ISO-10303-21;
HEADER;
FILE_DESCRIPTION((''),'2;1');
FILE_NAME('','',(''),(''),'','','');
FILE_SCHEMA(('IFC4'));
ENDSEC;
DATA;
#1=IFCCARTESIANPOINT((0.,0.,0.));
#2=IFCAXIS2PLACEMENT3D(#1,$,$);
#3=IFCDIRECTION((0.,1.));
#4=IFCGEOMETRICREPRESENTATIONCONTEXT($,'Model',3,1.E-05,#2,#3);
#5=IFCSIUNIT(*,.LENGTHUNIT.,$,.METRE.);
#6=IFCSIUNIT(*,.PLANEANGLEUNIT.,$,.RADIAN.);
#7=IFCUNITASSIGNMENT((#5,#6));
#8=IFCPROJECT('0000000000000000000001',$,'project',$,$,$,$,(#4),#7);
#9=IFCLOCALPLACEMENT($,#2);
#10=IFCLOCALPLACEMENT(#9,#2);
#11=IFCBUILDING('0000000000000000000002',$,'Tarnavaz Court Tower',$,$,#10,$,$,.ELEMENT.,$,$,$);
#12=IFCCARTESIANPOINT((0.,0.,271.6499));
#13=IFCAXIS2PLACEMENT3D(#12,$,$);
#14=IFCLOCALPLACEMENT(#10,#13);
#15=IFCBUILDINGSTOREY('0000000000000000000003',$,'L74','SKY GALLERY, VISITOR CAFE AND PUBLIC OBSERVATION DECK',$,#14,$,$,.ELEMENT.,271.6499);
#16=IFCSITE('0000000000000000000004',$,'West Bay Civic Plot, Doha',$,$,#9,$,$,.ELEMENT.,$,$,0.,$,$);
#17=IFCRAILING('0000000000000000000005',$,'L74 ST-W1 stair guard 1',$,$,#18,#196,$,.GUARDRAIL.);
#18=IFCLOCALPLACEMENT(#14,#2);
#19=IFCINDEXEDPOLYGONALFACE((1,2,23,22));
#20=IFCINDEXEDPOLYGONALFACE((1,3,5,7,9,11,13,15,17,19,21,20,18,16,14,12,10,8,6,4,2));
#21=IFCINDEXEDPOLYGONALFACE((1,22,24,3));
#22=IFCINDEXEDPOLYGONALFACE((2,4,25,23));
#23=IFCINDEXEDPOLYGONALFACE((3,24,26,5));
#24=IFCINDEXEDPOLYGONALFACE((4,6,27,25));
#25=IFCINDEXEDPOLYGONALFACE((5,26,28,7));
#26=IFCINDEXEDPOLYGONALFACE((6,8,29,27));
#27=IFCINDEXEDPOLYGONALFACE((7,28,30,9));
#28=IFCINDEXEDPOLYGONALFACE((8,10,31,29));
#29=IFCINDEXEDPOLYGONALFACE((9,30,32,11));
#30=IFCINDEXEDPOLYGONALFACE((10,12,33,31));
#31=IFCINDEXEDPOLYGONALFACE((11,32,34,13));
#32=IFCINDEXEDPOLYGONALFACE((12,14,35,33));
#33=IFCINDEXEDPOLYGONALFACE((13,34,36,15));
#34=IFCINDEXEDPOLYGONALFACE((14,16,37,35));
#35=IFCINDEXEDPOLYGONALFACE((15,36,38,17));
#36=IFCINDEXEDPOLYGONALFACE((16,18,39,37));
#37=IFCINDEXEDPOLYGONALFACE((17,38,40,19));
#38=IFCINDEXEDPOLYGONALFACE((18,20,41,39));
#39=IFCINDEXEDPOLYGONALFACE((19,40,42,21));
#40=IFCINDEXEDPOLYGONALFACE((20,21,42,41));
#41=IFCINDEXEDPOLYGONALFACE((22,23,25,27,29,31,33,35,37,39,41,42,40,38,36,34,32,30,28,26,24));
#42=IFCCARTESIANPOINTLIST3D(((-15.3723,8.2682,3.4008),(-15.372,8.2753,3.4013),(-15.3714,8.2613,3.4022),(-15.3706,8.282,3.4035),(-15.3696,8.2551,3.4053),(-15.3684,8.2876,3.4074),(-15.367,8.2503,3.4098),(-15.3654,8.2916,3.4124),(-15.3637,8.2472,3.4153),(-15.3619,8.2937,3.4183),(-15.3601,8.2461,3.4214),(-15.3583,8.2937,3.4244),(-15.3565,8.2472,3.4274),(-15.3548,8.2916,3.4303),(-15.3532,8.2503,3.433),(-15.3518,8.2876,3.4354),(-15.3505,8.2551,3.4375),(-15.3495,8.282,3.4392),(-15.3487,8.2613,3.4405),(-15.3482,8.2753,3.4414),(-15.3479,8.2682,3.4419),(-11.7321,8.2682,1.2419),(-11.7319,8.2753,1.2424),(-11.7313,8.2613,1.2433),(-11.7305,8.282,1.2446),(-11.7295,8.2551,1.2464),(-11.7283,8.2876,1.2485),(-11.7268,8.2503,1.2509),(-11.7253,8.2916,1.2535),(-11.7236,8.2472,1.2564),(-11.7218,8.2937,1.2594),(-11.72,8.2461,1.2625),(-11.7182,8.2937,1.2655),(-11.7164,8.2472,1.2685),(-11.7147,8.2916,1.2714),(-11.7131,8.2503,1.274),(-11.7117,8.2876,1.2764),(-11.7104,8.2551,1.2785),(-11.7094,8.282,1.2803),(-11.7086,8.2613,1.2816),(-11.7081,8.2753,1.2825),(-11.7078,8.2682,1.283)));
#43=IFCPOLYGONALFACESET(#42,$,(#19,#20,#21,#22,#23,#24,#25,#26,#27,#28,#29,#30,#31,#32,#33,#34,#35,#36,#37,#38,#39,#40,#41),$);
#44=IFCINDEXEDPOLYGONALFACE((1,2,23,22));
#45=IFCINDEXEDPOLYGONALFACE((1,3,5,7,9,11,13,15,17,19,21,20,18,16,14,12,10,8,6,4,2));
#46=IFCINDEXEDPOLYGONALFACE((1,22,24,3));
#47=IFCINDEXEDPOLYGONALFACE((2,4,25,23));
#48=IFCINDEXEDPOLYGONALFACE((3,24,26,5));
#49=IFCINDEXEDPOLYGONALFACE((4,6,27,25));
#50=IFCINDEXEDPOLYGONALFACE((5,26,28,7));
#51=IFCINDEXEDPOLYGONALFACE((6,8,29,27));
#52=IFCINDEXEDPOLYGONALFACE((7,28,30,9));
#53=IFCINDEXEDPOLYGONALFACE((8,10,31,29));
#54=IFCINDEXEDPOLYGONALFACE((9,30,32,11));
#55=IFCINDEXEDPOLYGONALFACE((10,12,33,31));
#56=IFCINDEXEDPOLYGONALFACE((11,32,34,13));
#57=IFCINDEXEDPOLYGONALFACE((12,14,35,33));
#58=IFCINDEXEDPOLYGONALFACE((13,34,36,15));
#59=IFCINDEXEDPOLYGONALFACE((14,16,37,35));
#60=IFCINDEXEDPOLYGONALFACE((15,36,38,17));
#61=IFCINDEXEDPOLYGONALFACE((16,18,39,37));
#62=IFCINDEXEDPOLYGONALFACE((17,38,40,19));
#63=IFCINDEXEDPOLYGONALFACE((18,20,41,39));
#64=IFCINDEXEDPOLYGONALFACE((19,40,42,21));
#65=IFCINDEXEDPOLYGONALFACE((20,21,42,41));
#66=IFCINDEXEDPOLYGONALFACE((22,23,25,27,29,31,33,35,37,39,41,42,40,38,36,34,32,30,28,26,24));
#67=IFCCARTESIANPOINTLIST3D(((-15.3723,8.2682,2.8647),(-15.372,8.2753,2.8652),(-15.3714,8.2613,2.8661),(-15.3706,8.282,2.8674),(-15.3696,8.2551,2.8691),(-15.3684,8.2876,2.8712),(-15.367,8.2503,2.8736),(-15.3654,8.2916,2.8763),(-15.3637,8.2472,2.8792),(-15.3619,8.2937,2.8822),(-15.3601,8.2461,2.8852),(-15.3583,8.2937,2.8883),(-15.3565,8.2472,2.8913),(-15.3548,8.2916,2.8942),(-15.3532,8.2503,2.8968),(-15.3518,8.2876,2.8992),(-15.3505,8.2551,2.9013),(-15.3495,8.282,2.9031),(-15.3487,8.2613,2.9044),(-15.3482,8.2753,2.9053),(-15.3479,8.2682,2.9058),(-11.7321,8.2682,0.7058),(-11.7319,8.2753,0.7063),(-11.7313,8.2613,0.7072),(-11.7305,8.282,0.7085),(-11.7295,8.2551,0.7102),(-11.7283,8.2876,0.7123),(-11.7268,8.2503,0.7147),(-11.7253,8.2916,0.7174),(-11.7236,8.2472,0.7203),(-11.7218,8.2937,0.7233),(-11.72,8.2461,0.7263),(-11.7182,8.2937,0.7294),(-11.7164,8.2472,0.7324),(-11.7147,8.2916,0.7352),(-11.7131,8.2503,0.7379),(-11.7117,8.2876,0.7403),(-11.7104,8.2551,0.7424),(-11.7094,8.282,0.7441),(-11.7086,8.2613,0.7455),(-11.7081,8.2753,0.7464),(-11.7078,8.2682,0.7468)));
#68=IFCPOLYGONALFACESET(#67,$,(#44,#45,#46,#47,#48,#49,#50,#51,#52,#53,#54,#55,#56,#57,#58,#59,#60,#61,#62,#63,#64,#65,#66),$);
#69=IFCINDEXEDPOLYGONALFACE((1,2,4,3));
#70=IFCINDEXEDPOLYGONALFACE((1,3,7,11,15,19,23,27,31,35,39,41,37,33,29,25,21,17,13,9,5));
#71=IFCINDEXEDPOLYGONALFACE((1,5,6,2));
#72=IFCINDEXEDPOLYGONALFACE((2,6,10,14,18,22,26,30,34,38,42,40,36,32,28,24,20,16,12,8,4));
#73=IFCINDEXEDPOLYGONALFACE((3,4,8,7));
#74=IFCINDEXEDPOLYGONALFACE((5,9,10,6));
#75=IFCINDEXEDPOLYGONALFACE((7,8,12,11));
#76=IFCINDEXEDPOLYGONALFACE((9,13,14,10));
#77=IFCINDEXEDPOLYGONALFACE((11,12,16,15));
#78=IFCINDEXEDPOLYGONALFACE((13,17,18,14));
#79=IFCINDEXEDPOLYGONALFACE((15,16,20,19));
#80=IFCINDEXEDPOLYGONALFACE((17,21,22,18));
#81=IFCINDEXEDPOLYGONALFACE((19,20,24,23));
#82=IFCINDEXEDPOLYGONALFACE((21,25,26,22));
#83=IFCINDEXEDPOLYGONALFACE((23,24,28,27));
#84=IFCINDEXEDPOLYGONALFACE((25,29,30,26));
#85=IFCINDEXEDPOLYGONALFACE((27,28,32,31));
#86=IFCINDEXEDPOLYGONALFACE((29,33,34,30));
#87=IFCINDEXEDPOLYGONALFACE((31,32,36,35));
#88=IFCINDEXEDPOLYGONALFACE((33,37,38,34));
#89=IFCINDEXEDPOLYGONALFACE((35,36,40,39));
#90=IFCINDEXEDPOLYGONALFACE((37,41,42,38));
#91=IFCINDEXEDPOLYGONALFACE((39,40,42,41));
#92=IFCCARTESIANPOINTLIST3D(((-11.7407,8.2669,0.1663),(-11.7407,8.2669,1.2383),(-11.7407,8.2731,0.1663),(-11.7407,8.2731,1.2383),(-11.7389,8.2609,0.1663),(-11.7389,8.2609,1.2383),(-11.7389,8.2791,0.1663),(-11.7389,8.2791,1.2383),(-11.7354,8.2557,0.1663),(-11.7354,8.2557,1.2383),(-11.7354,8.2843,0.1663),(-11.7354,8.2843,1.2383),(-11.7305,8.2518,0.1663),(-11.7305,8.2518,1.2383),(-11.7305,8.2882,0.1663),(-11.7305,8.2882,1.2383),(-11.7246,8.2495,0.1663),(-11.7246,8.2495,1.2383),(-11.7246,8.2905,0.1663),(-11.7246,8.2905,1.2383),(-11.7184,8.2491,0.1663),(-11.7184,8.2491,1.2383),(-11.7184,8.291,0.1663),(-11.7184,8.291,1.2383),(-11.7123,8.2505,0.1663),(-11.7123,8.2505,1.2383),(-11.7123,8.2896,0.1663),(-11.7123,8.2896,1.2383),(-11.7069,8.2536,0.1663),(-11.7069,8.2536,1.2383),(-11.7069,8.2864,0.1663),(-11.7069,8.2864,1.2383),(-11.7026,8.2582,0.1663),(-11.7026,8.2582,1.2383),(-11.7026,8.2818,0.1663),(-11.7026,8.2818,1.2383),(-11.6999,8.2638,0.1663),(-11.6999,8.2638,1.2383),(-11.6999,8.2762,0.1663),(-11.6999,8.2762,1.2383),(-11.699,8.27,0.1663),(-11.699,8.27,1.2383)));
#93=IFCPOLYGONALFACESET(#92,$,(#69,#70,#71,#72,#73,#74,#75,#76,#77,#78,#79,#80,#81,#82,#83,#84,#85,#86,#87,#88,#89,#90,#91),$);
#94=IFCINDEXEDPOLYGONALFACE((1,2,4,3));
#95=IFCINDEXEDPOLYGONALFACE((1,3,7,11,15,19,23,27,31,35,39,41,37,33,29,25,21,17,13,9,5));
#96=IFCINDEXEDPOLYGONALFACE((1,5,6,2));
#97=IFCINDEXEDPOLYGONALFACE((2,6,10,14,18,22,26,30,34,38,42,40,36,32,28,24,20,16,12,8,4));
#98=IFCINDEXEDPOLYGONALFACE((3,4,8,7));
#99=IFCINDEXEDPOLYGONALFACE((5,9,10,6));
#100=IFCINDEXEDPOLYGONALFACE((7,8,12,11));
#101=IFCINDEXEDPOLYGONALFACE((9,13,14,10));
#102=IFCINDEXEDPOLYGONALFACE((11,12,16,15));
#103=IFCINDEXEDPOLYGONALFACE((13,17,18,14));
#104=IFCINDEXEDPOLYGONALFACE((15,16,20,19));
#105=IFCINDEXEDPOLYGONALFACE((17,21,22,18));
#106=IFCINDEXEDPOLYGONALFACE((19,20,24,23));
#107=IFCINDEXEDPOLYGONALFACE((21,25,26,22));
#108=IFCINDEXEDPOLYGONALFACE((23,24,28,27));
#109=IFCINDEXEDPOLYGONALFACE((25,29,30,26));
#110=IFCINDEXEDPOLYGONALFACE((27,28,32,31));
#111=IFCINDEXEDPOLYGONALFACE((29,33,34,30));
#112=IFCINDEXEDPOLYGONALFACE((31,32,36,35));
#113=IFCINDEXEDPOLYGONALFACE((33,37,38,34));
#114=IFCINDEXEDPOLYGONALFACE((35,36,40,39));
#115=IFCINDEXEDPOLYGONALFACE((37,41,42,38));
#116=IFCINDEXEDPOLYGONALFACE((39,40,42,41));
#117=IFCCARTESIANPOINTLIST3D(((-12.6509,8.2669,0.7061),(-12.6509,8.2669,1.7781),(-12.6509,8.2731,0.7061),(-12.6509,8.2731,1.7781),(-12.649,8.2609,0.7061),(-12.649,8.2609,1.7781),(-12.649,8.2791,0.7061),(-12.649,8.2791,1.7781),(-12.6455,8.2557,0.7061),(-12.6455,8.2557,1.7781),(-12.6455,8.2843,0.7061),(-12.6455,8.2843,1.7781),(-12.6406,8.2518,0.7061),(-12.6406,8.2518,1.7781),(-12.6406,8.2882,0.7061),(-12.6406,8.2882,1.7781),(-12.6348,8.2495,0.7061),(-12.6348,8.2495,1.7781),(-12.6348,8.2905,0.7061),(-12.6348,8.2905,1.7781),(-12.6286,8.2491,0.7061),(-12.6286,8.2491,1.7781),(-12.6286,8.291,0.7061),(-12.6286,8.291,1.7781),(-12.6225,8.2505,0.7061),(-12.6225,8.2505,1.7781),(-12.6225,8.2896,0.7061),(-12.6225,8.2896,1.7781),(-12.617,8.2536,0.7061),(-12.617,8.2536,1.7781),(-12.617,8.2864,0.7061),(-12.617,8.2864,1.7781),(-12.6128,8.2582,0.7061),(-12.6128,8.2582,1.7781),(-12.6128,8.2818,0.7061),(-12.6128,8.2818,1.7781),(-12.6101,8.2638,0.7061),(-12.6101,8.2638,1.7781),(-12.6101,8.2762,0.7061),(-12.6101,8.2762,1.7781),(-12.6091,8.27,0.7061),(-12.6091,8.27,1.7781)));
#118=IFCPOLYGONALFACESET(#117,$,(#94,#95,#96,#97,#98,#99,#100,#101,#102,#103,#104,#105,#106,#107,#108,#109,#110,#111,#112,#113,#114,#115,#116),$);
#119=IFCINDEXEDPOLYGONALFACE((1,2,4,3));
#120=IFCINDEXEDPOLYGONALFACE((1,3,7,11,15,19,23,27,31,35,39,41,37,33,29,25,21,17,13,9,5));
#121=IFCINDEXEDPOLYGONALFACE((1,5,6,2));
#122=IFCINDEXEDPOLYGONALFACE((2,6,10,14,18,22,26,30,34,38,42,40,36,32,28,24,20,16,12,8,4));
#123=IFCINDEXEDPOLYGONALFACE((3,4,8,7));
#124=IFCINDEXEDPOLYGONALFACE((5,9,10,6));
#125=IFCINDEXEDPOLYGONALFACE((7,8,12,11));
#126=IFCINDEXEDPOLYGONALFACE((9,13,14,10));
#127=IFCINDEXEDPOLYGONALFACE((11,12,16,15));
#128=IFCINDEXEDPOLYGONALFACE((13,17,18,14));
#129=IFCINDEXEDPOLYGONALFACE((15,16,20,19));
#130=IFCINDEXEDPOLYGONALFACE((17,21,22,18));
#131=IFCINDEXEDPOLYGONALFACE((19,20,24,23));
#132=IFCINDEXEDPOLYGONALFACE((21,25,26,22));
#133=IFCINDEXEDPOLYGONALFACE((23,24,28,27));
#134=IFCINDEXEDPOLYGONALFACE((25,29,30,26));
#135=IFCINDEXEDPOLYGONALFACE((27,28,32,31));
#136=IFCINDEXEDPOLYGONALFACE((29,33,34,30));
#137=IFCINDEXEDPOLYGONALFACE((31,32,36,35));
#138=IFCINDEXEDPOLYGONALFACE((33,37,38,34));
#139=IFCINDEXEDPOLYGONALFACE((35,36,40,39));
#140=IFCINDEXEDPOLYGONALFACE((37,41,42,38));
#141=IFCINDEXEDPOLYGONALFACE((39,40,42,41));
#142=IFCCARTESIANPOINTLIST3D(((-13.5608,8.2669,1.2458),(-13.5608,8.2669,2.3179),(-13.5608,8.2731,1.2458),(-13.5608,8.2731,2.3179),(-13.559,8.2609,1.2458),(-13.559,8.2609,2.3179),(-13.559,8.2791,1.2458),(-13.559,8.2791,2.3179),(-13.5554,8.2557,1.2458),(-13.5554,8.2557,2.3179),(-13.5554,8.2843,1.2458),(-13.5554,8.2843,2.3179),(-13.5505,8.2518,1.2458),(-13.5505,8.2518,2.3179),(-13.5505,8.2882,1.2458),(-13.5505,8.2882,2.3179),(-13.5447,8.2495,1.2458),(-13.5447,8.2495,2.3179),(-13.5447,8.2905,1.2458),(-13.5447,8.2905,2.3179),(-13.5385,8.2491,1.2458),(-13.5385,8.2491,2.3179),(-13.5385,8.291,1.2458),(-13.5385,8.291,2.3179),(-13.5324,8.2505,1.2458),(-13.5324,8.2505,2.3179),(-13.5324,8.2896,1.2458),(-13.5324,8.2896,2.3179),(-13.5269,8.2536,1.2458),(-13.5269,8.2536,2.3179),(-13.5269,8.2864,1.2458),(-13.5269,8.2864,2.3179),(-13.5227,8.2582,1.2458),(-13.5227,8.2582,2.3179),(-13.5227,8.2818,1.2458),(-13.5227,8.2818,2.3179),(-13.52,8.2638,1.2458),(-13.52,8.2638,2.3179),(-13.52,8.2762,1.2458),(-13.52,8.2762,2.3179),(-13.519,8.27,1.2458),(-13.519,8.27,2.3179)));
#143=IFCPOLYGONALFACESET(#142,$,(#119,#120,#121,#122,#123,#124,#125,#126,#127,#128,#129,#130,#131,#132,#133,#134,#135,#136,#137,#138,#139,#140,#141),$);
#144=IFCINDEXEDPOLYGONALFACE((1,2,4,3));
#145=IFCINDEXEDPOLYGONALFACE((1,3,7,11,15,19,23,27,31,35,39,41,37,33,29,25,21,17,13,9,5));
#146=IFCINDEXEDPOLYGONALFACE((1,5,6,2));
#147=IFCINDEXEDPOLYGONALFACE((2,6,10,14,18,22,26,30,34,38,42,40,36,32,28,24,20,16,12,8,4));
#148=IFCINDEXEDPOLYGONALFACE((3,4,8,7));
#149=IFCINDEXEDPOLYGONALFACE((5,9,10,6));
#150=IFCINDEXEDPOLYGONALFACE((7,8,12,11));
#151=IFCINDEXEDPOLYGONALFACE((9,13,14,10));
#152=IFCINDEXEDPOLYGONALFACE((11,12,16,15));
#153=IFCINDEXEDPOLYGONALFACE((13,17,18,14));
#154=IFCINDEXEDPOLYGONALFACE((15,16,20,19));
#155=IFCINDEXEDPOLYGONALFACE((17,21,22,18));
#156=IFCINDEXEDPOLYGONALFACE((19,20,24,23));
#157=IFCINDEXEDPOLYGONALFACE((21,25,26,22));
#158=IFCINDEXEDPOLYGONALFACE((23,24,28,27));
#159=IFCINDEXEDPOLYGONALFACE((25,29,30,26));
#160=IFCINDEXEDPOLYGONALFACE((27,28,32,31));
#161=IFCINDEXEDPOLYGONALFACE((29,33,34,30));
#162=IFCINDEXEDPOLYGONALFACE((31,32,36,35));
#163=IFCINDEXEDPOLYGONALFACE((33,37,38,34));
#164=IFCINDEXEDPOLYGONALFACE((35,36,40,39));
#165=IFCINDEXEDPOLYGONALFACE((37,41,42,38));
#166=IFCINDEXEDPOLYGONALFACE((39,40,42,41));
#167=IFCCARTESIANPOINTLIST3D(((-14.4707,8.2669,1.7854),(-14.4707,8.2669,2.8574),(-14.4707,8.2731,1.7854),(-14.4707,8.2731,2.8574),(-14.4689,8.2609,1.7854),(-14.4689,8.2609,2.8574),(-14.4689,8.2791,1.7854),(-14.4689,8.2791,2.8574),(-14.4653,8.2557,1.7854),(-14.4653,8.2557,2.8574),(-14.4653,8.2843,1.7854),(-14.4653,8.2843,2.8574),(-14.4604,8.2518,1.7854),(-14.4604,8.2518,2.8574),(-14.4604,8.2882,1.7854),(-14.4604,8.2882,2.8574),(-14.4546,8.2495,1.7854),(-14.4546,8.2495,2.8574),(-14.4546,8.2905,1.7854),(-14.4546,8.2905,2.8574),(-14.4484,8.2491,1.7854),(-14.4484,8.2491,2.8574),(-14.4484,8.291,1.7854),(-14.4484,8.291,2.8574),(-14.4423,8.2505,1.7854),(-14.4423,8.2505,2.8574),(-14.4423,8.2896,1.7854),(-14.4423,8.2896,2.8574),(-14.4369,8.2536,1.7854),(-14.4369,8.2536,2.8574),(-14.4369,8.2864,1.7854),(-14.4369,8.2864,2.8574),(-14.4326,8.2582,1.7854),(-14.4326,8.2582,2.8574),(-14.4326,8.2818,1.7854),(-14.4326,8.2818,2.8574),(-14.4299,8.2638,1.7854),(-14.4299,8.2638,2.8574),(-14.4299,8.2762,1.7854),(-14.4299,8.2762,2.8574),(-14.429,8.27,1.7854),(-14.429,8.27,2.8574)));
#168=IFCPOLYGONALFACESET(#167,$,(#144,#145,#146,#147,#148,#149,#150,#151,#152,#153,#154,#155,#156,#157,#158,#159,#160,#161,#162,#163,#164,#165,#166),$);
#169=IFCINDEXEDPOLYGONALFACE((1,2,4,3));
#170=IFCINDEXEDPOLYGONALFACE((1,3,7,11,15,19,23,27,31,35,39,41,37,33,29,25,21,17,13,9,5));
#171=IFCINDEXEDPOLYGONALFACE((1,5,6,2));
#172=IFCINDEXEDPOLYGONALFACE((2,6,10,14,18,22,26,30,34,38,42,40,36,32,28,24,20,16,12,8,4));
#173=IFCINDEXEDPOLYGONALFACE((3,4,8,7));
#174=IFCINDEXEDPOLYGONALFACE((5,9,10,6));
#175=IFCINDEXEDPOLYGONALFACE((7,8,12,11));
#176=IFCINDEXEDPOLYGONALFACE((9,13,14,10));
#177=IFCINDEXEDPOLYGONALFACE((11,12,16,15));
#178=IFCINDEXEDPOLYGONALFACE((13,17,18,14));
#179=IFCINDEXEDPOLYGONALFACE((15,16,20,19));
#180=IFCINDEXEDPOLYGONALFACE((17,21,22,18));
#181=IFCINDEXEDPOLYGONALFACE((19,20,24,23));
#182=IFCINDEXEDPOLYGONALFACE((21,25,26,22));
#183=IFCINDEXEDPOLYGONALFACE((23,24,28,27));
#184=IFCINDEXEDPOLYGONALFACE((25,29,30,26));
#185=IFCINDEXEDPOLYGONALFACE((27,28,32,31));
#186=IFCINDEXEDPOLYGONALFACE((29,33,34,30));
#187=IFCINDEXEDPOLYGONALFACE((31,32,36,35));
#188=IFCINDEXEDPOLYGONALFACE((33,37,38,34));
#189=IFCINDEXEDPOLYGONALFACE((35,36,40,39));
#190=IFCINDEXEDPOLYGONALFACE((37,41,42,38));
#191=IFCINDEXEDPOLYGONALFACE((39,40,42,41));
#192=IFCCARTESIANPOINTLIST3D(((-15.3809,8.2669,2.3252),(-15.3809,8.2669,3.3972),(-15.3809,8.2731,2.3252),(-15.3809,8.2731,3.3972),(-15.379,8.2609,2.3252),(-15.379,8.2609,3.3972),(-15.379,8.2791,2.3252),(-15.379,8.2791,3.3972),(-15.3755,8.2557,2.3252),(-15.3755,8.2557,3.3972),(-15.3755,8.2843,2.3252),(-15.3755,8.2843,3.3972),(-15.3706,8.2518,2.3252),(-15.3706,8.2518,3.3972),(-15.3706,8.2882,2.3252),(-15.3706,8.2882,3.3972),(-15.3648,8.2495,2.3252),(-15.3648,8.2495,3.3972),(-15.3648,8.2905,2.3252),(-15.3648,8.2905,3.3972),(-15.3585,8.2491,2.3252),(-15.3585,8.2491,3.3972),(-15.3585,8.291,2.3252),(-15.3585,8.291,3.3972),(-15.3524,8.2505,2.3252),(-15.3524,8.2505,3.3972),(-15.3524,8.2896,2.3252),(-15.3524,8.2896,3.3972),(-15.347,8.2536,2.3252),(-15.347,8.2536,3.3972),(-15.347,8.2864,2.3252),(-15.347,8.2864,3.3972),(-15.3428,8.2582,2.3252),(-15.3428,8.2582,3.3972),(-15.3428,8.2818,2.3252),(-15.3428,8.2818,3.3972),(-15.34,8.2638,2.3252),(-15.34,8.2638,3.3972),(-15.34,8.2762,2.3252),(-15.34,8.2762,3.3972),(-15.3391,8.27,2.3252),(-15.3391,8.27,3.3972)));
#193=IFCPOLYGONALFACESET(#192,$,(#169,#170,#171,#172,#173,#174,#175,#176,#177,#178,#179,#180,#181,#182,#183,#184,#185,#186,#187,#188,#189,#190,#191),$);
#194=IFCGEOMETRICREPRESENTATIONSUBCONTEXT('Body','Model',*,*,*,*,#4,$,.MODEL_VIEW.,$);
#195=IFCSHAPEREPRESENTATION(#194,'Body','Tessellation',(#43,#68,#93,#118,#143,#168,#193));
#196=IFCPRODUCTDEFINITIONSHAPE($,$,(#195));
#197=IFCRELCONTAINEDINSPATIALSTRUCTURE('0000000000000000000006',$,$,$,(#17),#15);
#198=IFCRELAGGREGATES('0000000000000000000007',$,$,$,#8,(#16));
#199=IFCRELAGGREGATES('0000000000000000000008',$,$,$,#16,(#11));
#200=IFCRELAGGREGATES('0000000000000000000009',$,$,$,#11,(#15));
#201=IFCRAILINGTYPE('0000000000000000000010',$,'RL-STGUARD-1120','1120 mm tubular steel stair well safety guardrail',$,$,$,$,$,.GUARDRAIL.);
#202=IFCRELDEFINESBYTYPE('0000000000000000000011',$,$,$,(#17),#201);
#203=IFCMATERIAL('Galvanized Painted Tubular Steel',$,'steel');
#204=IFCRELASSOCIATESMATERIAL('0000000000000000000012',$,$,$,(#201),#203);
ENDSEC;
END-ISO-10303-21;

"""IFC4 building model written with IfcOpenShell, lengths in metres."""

from ifc_helpers import new_model, si_unit, direction, frame, origin, origin_2d, place, context, subcontext, project, spatial, circle, extrude, material, type_object, element, save


model = new_model("IFC4")

# Units and contexts
model_context = context("Model", 3, precision=1e-05, world=origin(), true_north=direction((0.0, 1.0)))
body_context = subcontext(model_context, "Body", "Model", "MODEL_VIEW")
ifc_project = project(units=[si_unit("LENGTHUNIT", "METRE"), si_unit("PLANEANGLEUNIT", "RADIAN")], contexts=[model_context])

# Site, building, storey
site_placement = place(None, origin())
site = spatial("IfcSite", under=ifc_project, at=site_placement, Name="West Bay Civic Plot, Doha", CompositionType="ELEMENT", RefElevation=0.0)
building_placement = place(site_placement, origin())
building = spatial("IfcBuilding", under=site, at=building_placement, Name="Tarnavaz Court Tower", CompositionType="ELEMENT")
storey_placement = place(building_placement, frame((0.0, 0.0, 271.6499)))
storey = spatial("IfcBuildingStorey", under=building, at=storey_placement, Name="L74", Description="SKY GALLERY, VISITOR CAFE AND PUBLIC OBSERVATION DECK", CompositionType="ELEMENT", Elevation=271.6499)

# Railing
ifc_material_1 = material(Name="Galvanized Painted Tubular Steel", Category="steel")
railing_type_1 = type_object("IfcRailingType", Name="RL-STGUARD-1120", Description="1120 mm tubular steel stair well safety guardrail", PredefinedType="GUARDRAIL", material=ifc_material_1)
railing_1_placement = place(storey_placement, frame((-11.72, 8.27, 0.1663)))
element("IfcRailing", 1, at=railing_1_placement, inside=storey, type_object=railing_type_1, Name="L74 ST-W1 stair guard 1", PredefinedType="GUARDRAIL", context=body_context, shape_type="SweptSolid", body=[
    extrude(circle(Radius=0.0239, at=origin_2d()), frame((0.0, 0.0, 1.0962), z_axis=(-0.860103, 0.0, 0.51012), x_axis=(0.0, -1.0, 0.0)), (0.0, 0.0, 1.0), 4.2322),
    extrude(circle(Radius=0.0239, at=origin_2d()), frame((0.0, 0.0, 0.5601), z_axis=(-0.860103, 0.0, 0.51012), x_axis=(0.0, -1.0, 0.0)), (0.0, 0.0, 1.0), 4.2322),
    extrude(circle(Radius=0.021, at=origin_2d()), origin(), (0.0, 0.0, 1.0), 1.072),
    extrude(circle(Radius=0.021, at=origin_2d()), frame((-0.9102, 0.0, 0.5398)), (0.0, 0.0, 1.0), 1.072),
    extrude(circle(Radius=0.021, at=origin_2d()), frame((-1.8201, 0.0, 1.0796)), (0.0, 0.0, 1.0), 1.072),
    extrude(circle(Radius=0.021, at=origin_2d()), frame((-2.73, 0.0, 1.6191)), (0.0, 0.0, 1.0), 1.072),
    extrude(circle(Radius=0.021, at=origin_2d()), frame((-3.6401, 0.0, 2.1589)), (0.0, 0.0, 1.0), 1.072),
])

save(model, "model.ifc")
